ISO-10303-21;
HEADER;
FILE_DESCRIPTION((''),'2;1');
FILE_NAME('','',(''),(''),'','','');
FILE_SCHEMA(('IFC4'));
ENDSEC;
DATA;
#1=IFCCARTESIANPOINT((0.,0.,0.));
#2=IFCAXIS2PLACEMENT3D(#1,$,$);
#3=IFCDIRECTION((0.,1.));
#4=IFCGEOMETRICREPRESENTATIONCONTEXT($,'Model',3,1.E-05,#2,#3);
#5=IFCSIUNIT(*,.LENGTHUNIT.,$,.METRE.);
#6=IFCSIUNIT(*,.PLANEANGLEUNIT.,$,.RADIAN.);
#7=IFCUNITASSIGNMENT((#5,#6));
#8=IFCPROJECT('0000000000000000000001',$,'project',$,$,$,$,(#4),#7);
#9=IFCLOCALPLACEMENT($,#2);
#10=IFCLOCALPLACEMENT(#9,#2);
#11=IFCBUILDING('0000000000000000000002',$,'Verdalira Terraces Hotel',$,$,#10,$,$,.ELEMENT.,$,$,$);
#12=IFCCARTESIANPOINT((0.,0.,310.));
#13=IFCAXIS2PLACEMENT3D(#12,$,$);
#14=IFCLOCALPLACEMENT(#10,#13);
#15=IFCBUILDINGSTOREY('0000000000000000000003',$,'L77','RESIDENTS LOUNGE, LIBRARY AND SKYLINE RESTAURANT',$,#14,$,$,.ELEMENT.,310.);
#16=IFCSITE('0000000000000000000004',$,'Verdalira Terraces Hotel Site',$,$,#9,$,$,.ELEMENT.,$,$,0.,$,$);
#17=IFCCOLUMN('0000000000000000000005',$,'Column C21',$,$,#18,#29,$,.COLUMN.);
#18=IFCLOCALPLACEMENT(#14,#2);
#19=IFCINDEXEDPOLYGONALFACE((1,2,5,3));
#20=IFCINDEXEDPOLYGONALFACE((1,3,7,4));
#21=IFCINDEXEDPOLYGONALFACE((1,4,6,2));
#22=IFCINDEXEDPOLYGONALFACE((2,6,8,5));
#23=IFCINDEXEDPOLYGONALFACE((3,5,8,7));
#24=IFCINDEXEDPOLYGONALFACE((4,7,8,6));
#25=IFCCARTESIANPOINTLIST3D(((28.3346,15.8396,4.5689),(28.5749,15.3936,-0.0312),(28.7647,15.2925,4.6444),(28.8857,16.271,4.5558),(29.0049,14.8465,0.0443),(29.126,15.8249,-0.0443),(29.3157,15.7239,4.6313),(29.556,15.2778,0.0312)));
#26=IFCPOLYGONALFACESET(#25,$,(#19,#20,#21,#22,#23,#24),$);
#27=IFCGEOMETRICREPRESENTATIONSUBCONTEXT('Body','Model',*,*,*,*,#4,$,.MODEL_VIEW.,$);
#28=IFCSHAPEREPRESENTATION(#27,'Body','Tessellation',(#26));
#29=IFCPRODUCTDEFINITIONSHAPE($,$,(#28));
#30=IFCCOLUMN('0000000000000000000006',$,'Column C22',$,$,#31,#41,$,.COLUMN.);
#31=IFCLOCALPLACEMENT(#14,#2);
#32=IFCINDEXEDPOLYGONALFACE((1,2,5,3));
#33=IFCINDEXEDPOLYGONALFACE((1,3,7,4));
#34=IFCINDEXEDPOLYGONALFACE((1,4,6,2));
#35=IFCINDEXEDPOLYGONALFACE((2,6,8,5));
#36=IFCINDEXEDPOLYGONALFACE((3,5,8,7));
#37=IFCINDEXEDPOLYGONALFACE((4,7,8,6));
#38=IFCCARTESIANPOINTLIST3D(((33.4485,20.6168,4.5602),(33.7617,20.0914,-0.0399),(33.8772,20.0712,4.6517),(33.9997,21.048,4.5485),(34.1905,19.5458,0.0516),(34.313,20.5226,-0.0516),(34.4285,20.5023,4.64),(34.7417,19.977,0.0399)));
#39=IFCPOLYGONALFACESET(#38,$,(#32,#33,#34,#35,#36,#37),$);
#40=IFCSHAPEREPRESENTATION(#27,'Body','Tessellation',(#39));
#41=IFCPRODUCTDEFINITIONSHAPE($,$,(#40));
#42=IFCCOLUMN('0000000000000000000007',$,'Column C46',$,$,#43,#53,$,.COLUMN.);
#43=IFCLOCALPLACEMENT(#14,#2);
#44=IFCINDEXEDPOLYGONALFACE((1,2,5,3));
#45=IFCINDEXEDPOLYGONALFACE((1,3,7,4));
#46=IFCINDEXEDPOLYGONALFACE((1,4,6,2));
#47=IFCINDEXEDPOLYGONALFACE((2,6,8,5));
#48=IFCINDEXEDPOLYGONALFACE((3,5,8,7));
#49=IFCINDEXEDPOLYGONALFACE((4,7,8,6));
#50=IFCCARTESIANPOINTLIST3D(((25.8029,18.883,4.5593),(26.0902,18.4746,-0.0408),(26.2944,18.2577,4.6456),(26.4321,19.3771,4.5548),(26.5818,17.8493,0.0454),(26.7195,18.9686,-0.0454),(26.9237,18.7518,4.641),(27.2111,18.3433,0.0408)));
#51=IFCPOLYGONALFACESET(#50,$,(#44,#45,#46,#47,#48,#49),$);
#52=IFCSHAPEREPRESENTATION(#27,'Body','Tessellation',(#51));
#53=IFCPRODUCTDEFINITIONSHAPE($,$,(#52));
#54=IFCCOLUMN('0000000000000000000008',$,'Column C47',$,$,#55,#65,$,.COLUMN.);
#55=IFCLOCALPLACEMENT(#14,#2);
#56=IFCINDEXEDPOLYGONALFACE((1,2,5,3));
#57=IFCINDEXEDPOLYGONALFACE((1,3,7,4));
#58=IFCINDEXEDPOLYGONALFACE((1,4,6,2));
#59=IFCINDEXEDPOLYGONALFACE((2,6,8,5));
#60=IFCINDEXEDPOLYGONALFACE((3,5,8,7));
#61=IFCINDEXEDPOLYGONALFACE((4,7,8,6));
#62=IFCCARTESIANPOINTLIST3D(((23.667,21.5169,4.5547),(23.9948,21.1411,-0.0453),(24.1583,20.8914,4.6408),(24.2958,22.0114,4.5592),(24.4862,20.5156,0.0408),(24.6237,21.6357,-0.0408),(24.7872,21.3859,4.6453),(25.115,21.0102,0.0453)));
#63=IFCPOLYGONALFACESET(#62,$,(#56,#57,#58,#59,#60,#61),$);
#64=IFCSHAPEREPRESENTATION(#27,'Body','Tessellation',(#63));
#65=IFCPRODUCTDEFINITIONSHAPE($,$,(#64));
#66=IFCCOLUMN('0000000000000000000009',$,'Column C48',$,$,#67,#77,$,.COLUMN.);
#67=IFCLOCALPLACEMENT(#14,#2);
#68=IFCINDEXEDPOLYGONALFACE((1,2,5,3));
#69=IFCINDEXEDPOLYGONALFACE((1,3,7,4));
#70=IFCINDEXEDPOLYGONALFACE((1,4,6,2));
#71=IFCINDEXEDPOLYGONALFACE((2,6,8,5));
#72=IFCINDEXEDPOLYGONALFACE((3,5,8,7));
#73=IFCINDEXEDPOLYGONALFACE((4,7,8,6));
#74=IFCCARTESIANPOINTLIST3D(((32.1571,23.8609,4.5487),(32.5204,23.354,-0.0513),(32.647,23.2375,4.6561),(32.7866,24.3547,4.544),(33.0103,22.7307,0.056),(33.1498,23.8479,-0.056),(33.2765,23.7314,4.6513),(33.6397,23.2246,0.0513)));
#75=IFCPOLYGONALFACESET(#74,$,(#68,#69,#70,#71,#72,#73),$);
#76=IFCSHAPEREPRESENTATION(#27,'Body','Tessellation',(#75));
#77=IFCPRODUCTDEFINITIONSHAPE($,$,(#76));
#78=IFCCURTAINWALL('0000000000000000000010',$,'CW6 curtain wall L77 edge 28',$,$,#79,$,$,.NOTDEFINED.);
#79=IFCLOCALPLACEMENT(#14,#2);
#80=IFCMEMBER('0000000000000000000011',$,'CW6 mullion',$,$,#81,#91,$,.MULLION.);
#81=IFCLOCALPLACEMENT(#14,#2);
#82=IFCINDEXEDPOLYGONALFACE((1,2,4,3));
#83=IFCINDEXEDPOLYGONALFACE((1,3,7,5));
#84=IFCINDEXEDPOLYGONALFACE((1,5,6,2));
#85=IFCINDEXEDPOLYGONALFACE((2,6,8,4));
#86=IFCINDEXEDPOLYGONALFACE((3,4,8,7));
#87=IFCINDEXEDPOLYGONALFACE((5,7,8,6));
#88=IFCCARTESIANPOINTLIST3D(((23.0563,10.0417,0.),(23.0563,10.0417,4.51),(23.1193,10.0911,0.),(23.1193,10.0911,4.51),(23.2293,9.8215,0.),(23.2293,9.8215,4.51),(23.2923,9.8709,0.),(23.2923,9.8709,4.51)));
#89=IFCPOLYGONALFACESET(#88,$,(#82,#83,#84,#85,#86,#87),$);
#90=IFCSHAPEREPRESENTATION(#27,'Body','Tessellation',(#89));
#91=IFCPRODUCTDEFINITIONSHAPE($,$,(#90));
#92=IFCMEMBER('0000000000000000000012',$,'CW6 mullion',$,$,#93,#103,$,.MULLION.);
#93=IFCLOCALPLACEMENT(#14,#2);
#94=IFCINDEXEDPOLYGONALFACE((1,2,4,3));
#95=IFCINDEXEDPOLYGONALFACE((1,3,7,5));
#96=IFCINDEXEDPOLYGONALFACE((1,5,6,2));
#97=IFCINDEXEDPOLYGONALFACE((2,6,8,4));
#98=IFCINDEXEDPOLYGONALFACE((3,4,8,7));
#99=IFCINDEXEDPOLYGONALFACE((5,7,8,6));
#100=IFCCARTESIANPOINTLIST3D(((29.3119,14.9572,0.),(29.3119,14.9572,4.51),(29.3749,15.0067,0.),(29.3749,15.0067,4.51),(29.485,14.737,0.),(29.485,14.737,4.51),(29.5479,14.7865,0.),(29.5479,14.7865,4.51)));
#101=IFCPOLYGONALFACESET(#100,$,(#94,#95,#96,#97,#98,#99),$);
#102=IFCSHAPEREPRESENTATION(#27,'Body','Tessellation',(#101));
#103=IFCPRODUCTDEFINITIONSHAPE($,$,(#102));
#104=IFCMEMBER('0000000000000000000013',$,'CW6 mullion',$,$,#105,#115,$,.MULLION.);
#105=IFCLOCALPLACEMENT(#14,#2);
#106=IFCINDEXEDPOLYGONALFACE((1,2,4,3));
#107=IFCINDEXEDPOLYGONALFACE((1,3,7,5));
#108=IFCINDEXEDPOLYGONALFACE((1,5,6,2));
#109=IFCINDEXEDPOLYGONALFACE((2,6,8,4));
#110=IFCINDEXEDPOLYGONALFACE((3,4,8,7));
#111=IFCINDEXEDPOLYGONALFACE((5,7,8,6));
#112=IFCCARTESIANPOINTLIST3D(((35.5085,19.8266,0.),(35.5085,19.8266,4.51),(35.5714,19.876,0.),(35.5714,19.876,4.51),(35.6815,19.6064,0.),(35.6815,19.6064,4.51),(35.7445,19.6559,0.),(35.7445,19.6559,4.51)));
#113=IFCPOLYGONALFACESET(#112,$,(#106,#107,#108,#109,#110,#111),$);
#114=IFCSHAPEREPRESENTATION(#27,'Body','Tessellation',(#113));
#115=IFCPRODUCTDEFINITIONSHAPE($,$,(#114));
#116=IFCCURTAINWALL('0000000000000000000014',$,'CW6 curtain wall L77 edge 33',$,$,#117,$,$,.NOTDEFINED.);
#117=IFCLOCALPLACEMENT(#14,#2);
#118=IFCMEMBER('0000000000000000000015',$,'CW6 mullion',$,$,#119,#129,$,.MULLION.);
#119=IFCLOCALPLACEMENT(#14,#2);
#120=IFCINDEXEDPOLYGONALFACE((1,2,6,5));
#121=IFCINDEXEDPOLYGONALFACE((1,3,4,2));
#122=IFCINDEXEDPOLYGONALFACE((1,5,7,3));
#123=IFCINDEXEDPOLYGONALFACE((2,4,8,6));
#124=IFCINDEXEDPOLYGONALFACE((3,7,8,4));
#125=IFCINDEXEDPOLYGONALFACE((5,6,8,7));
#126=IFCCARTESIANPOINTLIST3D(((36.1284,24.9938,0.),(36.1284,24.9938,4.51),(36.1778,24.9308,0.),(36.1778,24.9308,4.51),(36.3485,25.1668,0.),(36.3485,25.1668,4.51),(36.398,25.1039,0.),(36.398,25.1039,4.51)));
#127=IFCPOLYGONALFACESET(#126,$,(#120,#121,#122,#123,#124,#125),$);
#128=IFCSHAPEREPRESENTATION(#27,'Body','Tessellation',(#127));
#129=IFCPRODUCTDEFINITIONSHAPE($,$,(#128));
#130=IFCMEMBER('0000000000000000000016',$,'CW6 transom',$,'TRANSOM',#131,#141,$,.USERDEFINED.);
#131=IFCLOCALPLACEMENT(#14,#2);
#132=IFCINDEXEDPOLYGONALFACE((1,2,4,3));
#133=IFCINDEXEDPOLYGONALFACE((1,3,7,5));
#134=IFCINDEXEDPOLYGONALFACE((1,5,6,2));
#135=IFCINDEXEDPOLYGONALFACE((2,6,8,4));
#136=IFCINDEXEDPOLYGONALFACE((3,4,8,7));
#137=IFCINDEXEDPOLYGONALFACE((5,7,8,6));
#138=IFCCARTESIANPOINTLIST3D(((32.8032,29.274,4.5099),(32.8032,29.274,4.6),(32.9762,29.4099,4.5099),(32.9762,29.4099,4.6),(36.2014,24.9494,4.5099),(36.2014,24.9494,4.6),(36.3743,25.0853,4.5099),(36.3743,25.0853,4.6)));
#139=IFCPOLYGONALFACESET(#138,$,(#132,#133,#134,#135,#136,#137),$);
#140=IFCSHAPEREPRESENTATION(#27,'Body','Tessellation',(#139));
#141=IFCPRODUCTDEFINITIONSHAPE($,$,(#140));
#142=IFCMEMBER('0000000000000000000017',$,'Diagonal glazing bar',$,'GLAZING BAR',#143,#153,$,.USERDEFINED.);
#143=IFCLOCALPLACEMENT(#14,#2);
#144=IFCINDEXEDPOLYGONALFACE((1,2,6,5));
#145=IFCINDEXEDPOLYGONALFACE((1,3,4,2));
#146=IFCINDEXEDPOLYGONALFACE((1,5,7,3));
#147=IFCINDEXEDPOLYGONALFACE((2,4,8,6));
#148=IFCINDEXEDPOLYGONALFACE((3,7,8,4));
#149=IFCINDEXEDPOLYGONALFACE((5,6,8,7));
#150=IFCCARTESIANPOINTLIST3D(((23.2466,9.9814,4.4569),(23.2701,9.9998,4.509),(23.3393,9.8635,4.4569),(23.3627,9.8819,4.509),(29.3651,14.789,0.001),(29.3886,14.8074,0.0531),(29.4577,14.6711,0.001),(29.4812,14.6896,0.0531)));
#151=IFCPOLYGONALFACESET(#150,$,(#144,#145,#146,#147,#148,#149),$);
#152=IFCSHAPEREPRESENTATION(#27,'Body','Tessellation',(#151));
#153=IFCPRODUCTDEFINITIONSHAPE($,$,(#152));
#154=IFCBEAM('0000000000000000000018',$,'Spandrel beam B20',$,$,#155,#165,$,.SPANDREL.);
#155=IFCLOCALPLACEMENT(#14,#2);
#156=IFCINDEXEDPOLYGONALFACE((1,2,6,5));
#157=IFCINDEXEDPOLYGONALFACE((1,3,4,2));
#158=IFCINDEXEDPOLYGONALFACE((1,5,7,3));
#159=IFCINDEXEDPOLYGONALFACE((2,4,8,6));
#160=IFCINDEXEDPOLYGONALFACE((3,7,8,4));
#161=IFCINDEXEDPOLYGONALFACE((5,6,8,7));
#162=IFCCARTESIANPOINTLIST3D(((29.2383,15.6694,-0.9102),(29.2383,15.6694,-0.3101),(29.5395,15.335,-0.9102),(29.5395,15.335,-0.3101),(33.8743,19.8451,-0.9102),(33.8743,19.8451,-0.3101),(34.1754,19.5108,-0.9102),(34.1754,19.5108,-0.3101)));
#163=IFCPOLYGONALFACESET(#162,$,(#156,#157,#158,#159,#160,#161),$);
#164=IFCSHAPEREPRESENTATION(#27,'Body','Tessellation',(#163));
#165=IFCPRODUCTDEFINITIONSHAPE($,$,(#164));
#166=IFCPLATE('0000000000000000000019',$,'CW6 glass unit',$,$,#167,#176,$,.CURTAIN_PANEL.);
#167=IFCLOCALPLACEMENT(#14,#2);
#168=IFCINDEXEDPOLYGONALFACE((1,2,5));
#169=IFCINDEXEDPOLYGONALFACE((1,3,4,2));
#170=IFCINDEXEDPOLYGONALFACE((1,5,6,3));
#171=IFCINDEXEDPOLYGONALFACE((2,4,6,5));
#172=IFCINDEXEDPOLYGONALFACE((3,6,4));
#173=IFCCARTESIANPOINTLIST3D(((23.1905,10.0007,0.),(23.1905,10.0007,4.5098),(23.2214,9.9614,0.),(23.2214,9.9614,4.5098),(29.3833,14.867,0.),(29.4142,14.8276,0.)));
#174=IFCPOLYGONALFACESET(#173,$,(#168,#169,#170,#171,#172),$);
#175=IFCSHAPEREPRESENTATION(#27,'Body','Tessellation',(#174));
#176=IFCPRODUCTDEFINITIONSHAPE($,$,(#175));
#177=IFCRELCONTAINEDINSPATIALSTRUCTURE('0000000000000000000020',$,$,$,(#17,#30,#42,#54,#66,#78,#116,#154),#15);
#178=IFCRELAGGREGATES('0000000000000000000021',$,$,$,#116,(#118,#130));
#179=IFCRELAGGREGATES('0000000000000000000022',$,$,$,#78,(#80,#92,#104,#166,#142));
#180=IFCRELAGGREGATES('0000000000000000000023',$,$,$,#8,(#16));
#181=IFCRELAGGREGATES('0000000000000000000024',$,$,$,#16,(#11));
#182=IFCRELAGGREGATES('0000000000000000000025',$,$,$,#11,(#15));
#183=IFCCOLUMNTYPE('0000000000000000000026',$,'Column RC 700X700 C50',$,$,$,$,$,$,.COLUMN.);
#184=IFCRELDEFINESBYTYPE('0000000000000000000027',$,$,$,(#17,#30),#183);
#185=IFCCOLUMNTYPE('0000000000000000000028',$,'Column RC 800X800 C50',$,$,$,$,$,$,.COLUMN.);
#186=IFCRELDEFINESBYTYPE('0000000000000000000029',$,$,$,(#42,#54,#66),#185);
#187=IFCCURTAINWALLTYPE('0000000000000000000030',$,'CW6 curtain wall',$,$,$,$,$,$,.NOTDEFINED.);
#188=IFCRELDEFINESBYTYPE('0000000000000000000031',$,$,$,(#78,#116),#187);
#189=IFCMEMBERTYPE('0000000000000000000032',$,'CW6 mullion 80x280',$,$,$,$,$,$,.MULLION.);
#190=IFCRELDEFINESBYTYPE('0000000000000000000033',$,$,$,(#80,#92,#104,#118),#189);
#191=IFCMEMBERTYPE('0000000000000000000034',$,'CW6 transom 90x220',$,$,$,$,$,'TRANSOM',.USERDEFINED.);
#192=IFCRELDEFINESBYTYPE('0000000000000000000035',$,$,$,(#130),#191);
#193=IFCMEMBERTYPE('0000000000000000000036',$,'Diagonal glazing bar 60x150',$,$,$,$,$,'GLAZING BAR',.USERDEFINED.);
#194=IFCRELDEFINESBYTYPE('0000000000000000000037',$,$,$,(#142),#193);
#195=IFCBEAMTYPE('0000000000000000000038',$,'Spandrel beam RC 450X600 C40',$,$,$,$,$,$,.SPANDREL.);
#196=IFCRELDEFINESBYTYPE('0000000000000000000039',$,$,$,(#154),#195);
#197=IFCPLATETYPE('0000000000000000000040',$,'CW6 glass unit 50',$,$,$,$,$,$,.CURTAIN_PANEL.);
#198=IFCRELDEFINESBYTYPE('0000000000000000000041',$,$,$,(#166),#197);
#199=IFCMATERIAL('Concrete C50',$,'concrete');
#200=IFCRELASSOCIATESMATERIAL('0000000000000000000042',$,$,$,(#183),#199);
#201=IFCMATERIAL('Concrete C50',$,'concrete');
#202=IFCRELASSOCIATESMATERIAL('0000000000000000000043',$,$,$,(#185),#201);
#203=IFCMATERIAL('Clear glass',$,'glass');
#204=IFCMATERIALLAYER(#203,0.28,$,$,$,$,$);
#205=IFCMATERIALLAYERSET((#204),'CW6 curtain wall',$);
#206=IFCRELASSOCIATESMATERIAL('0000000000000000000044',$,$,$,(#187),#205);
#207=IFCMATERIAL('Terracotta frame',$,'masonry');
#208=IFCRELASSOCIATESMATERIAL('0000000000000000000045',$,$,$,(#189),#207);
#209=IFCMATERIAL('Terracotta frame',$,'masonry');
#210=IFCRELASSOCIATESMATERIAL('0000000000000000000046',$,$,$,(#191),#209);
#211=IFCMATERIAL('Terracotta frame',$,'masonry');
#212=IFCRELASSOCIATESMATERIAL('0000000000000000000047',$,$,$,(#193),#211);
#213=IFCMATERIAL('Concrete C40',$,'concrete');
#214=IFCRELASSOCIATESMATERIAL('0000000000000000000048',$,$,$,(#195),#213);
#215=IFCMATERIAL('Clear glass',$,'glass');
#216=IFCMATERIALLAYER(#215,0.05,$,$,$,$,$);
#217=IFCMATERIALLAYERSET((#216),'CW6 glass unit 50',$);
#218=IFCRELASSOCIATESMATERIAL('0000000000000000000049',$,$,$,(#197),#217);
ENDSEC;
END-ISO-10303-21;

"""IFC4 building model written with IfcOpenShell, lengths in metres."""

from ifc_helpers import new_model, si_unit, direction, frame, origin, origin_2d, place, context, subcontext, project, spatial, polyline, rectangle, outline, extrude, material, layer, layer_set, material_profile, profile_set, type_object, element, aggregate, save


model = new_model("IFC4")

# Units and contexts
model_context = context("Model", 3, precision=1e-05, world=origin(), true_north=direction((0.0, 1.0)))
body_context = subcontext(model_context, "Body", "Model", "MODEL_VIEW")
ifc_project = project(units=[si_unit("LENGTHUNIT", "METRE"), si_unit("PLANEANGLEUNIT", "RADIAN")], contexts=[model_context])

# Site, building, storey
site_placement = place(None, origin())
site = spatial("IfcSite", under=ifc_project, at=site_placement, Name="Verdalira Terraces Hotel Site", CompositionType="ELEMENT", RefElevation=0.0)
building_placement = place(site_placement, origin())
building = spatial("IfcBuilding", under=site, at=building_placement, Name="Verdalira Terraces Hotel", CompositionType="ELEMENT")
storey_placement = place(building_placement, frame((0.0, 0.0, 310.0)))
storey = spatial("IfcBuildingStorey", under=building, at=storey_placement, Name="L77", Description="RESIDENTS LOUNGE, LIBRARY AND SKYLINE RESTAURANT", CompositionType="ELEMENT", Elevation=310.0)

# Columns
ifc_material_1 = material(Name="Concrete C50", Category="concrete")
ifc_material_profile_1 = material_profile(ifc_material_1, rectangle(XDim=0.7, YDim=0.7, at=origin_2d()), Name="RC 700X700")
ifc_profile_set_1 = profile_set([ifc_material_profile_1], Name="Concrete C50")
column_type_1 = type_object("IfcColumnType", Name="Column RC 700X700 C50", PredefinedType="COLUMN", material=ifc_profile_set_1)
column_1_placement = place(storey_placement, frame((29.0654, 15.3357, 0.0), z_axis=(-0.05191, 0.096381, 0.99399), x_axis=(0.787304, 0.616283, -0.018641)))
element("IfcColumn", 1, at=column_1_placement, inside=storey, type_object=column_type_1, Name="Column C21", PredefinedType="COLUMN", context=body_context, shape_type="SweptSolid", body=[
    extrude(rectangle(XDim=0.7, YDim=0.7, at=origin_2d()), origin(), (0.0, 0.0, 1.0), 4.6279),
])
column_2_placement = place(storey_placement, frame((34.2517, 20.0342, 0.0), z_axis=(-0.067498, 0.113216, 0.991275), x_axis=(0.78755, 0.616024, -0.016732)))
element("IfcColumn", 2, at=column_2_placement, inside=storey, type_object=column_type_1, Name="Column C22", PredefinedType="COLUMN", context=body_context, shape_type="SweptSolid", body=[
    extrude(rectangle(XDim=0.7, YDim=0.7, at=origin_2d()), origin(), (0.0, 0.0, 1.0), 4.6406),
])
ifc_material_2 = material(Name="Concrete C50", Category="concrete")
ifc_material_profile_2 = material_profile(ifc_material_2, rectangle(XDim=0.8, YDim=0.8, at=origin_2d()), Name="RC 800X800")
ifc_profile_set_2 = profile_set([ifc_material_profile_2], Name="Concrete C50")
column_type_2 = type_object("IfcColumnType", Name="Column RC 800X800 C50", PredefinedType="COLUMN", material=ifc_profile_set_2)
column_3_placement = place(storey_placement, frame((26.6506, 18.4089, 0.0), z_axis=(-0.062102, 0.088272, 0.994159), x_axis=(0.786521, 0.617537, -0.0057)))
element("IfcColumn", 3, at=column_3_placement, inside=storey, type_object=column_type_2, Name="Column C46", PredefinedType="COLUMN", context=body_context, shape_type="SweptSolid", body=[
    extrude(rectangle(XDim=0.8, YDim=0.8, at=origin_2d()), origin(), (0.0, 0.0, 1.0), 4.6272),
])
column_4_placement = place(storey_placement, frame((24.5549, 21.0757, 0.0), z_axis=(-0.070862, 0.081203, 0.994175), x_axis=(0.786016, 0.618181, 0.005532)))
element("IfcColumn", 4, at=column_4_placement, inside=storey, type_object=column_type_2, Name="Column C47", PredefinedType="COLUMN", context=body_context, shape_type="SweptSolid", body=[
    extrude(rectangle(XDim=0.8, YDim=0.8, at=origin_2d()), origin(), (0.0, 0.0, 1.0), 4.627),
])
column_5_placement = place(storey_placement, frame((33.0801, 23.2893, 0.0), z_axis=(-0.078257, 0.109181, 0.990937), x_axis=(0.786712, 0.617292, -0.005884)))
element("IfcColumn", 5, at=column_5_placement, inside=storey, type_object=column_type_2, Name="Column C48", PredefinedType="COLUMN", context=body_context, shape_type="SweptSolid", body=[
    extrude(rectangle(XDim=0.8, YDim=0.8, at=origin_2d()), origin(), (0.0, 0.0, 1.0), 4.6421),
])

# Curtain walls, members
ifc_material_3 = material(Name="Clear glass", Category="glass")
ifc_layer_1 = layer(ifc_material_3, 0.28)
ifc_layer_set_1 = layer_set([ifc_layer_1], Name="CW6 curtain wall")
curtain_wall_type = type_object("IfcCurtainWallType", Name="CW6 curtain wall", PredefinedType="NOTDEFINED", material=ifc_layer_set_1)
curtain_wall_1_placement = place(storey_placement, origin())
curtain_wall_1 = element("IfcCurtainWall", 6, at=curtain_wall_1_placement, inside=storey, type_object=curtain_wall_type, Name="CW6 curtain wall L77 edge 28", PredefinedType="NOTDEFINED")
ifc_material_4 = material(Name="Terracotta frame", Category="masonry")
ifc_material_profile_3 = material_profile(ifc_material_4, rectangle(XDim=0.0801, YDim=0.28, at=origin_2d()), Name="MU 80x280")
ifc_profile_set_3 = profile_set([ifc_material_profile_3], Name="Terracotta frame")
member_type_1 = type_object("IfcMemberType", Name="CW6 mullion 80x280", PredefinedType="MULLION", material=ifc_profile_set_3)
member_1_placement = place(storey_placement, frame((23.1743, 9.9563, 0.0), z_axis=(0.0, 0.0, 1.0), x_axis=(0.786288, 0.61786, 0.0)))
member_1 = element("IfcMember", 7, at=member_1_placement, type_object=member_type_1, Name="CW6 mullion", PredefinedType="MULLION", context=body_context, shape_type="SweptSolid", body=[
    extrude(rectangle(XDim=0.0801, YDim=0.28, at=origin_2d()), origin(), (0.0, 0.0, 1.0), 4.51),
])
member_2_placement = place(storey_placement, frame((29.4299, 14.8718, 0.0), z_axis=(0.0, 0.0, 1.0), x_axis=(0.786288, 0.61786, 0.0)))
member_2 = element("IfcMember", 8, at=member_2_placement, type_object=member_type_1, Name="CW6 mullion", PredefinedType="MULLION", context=body_context, shape_type="SweptSolid", body=[
    extrude(rectangle(XDim=0.0801, YDim=0.28, at=origin_2d()), origin(), (0.0, 0.0, 1.0), 4.51),
])
member_3_placement = place(storey_placement, frame((35.6265, 19.7412, 0.0), z_axis=(0.0, 0.0, 1.0), x_axis=(0.786288, 0.61786, 0.0)))
member_3 = element("IfcMember", 9, at=member_3_placement, type_object=member_type_1, Name="CW6 mullion", PredefinedType="MULLION", context=body_context, shape_type="SweptSolid", body=[
    extrude(rectangle(XDim=0.0801, YDim=0.28, at=origin_2d()), origin(), (0.0, 0.0, 1.0), 4.51),
])
curtain_wall_2_placement = place(storey_placement, origin())
curtain_wall_2 = element("IfcCurtainWall", 10, at=curtain_wall_2_placement, inside=storey, type_object=curtain_wall_type, Name="CW6 curtain wall L77 edge 33", PredefinedType="NOTDEFINED")
member_4_placement = place(storey_placement, frame((36.2632, 25.0488, 0.0), z_axis=(0.0, 0.0, 1.0), x_axis=(-0.61786, 0.786288, 0.0)))
member_4 = element("IfcMember", 11, at=member_4_placement, type_object=member_type_1, Name="CW6 mullion", PredefinedType="MULLION", context=body_context, shape_type="SweptSolid", body=[
    extrude(rectangle(XDim=0.0801, YDim=0.28, at=origin_2d()), origin(), (0.0, 0.0, 1.0), 4.51),
])
ifc_material_5 = material(Name="Terracotta frame", Category="masonry")
ifc_material_profile_4 = material_profile(ifc_material_5, rectangle(XDim=0.22, YDim=0.0901, at=origin_2d()), Name="TR 90x220")
ifc_profile_set_4 = profile_set([ifc_material_profile_4], Name="Terracotta frame")
member_type_2 = type_object("IfcMemberType", Name="CW6 transom 90x220", ElementType="TRANSOM", PredefinedType="USERDEFINED", material=ifc_profile_set_4)
member_5_placement = place(storey_placement, frame((36.2878, 25.0173, 4.5549), z_axis=(-0.617845, 0.7863, 0.0), x_axis=(-0.7863, -0.617845, 0.0)))
member_5 = element("IfcMember", 12, at=member_5_placement, type_object=member_type_2, Name="CW6 transom", ObjectType="TRANSOM", PredefinedType="USERDEFINED", context=body_context, shape_type="SweptSolid", body=[
    extrude(rectangle(XDim=0.22, YDim=0.0901, at=origin_2d()), origin(), (0.0, 0.0, 1.0), 5.5),
])
aggregate(curtain_wall_2, [member_4, member_5])

# Member
ifc_material_6 = material(Name="Terracotta frame", Category="masonry")
ifc_material_profile_5 = material_profile(ifc_material_6, rectangle(XDim=0.1499, YDim=0.0601, at=origin_2d()), Name="GB 60x150")
ifc_profile_set_5 = profile_set([ifc_material_profile_5], Name="Terracotta frame")
member_type_3 = type_object("IfcMemberType", Name="Diagonal glazing bar 60x150", ElementType="GLAZING BAR", PredefinedType="USERDEFINED", material=ifc_profile_set_5)
member_6_placement = place(storey_placement, frame((23.3047, 9.9316, 4.4829), z_axis=(0.682345, 0.536161, -0.496927), x_axis=(-0.617845, 0.7863, 0.0)))
member_6 = element("IfcMember", 13, at=member_6_placement, type_object=member_type_3, Name="Diagonal glazing bar", ObjectType="GLAZING BAR", PredefinedType="USERDEFINED", context=body_context, shape_type="SweptSolid", body=[
    extrude(rectangle(XDim=0.1499, YDim=0.0601, at=origin_2d()), origin(), (0.0, 0.0, 1.0), 8.9668),
])

# Beam
ifc_material_7 = material(Name="Concrete C40", Category="concrete")
ifc_material_profile_6 = material_profile(ifc_material_7, rectangle(XDim=0.45, YDim=0.6001, at=origin_2d()), Name="RC 450X600")
ifc_profile_set_6 = profile_set([ifc_material_profile_6], Name="Concrete C40")
beam_type = type_object("IfcBeamType", Name="Spandrel beam RC 450X600 C40", PredefinedType="SPANDREL", material=ifc_profile_set_6)
beam_placement = place(storey_placement, frame((29.3889, 15.5022, -0.6101), z_axis=(0.743024, 0.669265, 0.0), x_axis=(-0.669265, 0.743024, 0.0)))
element("IfcBeam", 14, at=beam_placement, inside=storey, type_object=beam_type, Name="Spandrel beam B20", PredefinedType="SPANDREL", context=body_context, shape_type="SweptSolid", body=[
    extrude(rectangle(XDim=0.45, YDim=0.6001, at=origin_2d()), origin(), (0.0, 0.0, 1.0), 6.2393),
])

# Plate
ifc_material_8 = material(Name="Clear glass", Category="glass")
ifc_layer_2 = layer(ifc_material_8, 0.05)
ifc_layer_set_2 = layer_set([ifc_layer_2], Name="CW6 glass unit 50")
plate_type = type_object("IfcPlateType", Name="CW6 glass unit 50", PredefinedType="CURTAIN_PANEL", material=ifc_layer_set_2)
plate_1_placement = place(storey_placement, frame((26.2869, 12.4338, 2.2549), z_axis=(0.61786, -0.786288, 0.0), x_axis=(0.786288, 0.61786, 0.0)))
plate_1 = element("IfcPlate", 15, at=plate_1_placement, type_object=plate_type, Name="CW6 glass unit", PredefinedType="CURTAIN_PANEL", context=body_context, shape_type="SweptSolid", body=[
    extrude(outline(polyline([(-3.938, -2.2549), (3.938, -2.2549), (-3.938, 2.2549), (-3.938, -2.2549)])), origin(), (0.0, 0.0, 1.0), 0.05),
])
aggregate(curtain_wall_1, [member_1, member_2, member_3, plate_1, member_6])

save(model, "model.ifc")
